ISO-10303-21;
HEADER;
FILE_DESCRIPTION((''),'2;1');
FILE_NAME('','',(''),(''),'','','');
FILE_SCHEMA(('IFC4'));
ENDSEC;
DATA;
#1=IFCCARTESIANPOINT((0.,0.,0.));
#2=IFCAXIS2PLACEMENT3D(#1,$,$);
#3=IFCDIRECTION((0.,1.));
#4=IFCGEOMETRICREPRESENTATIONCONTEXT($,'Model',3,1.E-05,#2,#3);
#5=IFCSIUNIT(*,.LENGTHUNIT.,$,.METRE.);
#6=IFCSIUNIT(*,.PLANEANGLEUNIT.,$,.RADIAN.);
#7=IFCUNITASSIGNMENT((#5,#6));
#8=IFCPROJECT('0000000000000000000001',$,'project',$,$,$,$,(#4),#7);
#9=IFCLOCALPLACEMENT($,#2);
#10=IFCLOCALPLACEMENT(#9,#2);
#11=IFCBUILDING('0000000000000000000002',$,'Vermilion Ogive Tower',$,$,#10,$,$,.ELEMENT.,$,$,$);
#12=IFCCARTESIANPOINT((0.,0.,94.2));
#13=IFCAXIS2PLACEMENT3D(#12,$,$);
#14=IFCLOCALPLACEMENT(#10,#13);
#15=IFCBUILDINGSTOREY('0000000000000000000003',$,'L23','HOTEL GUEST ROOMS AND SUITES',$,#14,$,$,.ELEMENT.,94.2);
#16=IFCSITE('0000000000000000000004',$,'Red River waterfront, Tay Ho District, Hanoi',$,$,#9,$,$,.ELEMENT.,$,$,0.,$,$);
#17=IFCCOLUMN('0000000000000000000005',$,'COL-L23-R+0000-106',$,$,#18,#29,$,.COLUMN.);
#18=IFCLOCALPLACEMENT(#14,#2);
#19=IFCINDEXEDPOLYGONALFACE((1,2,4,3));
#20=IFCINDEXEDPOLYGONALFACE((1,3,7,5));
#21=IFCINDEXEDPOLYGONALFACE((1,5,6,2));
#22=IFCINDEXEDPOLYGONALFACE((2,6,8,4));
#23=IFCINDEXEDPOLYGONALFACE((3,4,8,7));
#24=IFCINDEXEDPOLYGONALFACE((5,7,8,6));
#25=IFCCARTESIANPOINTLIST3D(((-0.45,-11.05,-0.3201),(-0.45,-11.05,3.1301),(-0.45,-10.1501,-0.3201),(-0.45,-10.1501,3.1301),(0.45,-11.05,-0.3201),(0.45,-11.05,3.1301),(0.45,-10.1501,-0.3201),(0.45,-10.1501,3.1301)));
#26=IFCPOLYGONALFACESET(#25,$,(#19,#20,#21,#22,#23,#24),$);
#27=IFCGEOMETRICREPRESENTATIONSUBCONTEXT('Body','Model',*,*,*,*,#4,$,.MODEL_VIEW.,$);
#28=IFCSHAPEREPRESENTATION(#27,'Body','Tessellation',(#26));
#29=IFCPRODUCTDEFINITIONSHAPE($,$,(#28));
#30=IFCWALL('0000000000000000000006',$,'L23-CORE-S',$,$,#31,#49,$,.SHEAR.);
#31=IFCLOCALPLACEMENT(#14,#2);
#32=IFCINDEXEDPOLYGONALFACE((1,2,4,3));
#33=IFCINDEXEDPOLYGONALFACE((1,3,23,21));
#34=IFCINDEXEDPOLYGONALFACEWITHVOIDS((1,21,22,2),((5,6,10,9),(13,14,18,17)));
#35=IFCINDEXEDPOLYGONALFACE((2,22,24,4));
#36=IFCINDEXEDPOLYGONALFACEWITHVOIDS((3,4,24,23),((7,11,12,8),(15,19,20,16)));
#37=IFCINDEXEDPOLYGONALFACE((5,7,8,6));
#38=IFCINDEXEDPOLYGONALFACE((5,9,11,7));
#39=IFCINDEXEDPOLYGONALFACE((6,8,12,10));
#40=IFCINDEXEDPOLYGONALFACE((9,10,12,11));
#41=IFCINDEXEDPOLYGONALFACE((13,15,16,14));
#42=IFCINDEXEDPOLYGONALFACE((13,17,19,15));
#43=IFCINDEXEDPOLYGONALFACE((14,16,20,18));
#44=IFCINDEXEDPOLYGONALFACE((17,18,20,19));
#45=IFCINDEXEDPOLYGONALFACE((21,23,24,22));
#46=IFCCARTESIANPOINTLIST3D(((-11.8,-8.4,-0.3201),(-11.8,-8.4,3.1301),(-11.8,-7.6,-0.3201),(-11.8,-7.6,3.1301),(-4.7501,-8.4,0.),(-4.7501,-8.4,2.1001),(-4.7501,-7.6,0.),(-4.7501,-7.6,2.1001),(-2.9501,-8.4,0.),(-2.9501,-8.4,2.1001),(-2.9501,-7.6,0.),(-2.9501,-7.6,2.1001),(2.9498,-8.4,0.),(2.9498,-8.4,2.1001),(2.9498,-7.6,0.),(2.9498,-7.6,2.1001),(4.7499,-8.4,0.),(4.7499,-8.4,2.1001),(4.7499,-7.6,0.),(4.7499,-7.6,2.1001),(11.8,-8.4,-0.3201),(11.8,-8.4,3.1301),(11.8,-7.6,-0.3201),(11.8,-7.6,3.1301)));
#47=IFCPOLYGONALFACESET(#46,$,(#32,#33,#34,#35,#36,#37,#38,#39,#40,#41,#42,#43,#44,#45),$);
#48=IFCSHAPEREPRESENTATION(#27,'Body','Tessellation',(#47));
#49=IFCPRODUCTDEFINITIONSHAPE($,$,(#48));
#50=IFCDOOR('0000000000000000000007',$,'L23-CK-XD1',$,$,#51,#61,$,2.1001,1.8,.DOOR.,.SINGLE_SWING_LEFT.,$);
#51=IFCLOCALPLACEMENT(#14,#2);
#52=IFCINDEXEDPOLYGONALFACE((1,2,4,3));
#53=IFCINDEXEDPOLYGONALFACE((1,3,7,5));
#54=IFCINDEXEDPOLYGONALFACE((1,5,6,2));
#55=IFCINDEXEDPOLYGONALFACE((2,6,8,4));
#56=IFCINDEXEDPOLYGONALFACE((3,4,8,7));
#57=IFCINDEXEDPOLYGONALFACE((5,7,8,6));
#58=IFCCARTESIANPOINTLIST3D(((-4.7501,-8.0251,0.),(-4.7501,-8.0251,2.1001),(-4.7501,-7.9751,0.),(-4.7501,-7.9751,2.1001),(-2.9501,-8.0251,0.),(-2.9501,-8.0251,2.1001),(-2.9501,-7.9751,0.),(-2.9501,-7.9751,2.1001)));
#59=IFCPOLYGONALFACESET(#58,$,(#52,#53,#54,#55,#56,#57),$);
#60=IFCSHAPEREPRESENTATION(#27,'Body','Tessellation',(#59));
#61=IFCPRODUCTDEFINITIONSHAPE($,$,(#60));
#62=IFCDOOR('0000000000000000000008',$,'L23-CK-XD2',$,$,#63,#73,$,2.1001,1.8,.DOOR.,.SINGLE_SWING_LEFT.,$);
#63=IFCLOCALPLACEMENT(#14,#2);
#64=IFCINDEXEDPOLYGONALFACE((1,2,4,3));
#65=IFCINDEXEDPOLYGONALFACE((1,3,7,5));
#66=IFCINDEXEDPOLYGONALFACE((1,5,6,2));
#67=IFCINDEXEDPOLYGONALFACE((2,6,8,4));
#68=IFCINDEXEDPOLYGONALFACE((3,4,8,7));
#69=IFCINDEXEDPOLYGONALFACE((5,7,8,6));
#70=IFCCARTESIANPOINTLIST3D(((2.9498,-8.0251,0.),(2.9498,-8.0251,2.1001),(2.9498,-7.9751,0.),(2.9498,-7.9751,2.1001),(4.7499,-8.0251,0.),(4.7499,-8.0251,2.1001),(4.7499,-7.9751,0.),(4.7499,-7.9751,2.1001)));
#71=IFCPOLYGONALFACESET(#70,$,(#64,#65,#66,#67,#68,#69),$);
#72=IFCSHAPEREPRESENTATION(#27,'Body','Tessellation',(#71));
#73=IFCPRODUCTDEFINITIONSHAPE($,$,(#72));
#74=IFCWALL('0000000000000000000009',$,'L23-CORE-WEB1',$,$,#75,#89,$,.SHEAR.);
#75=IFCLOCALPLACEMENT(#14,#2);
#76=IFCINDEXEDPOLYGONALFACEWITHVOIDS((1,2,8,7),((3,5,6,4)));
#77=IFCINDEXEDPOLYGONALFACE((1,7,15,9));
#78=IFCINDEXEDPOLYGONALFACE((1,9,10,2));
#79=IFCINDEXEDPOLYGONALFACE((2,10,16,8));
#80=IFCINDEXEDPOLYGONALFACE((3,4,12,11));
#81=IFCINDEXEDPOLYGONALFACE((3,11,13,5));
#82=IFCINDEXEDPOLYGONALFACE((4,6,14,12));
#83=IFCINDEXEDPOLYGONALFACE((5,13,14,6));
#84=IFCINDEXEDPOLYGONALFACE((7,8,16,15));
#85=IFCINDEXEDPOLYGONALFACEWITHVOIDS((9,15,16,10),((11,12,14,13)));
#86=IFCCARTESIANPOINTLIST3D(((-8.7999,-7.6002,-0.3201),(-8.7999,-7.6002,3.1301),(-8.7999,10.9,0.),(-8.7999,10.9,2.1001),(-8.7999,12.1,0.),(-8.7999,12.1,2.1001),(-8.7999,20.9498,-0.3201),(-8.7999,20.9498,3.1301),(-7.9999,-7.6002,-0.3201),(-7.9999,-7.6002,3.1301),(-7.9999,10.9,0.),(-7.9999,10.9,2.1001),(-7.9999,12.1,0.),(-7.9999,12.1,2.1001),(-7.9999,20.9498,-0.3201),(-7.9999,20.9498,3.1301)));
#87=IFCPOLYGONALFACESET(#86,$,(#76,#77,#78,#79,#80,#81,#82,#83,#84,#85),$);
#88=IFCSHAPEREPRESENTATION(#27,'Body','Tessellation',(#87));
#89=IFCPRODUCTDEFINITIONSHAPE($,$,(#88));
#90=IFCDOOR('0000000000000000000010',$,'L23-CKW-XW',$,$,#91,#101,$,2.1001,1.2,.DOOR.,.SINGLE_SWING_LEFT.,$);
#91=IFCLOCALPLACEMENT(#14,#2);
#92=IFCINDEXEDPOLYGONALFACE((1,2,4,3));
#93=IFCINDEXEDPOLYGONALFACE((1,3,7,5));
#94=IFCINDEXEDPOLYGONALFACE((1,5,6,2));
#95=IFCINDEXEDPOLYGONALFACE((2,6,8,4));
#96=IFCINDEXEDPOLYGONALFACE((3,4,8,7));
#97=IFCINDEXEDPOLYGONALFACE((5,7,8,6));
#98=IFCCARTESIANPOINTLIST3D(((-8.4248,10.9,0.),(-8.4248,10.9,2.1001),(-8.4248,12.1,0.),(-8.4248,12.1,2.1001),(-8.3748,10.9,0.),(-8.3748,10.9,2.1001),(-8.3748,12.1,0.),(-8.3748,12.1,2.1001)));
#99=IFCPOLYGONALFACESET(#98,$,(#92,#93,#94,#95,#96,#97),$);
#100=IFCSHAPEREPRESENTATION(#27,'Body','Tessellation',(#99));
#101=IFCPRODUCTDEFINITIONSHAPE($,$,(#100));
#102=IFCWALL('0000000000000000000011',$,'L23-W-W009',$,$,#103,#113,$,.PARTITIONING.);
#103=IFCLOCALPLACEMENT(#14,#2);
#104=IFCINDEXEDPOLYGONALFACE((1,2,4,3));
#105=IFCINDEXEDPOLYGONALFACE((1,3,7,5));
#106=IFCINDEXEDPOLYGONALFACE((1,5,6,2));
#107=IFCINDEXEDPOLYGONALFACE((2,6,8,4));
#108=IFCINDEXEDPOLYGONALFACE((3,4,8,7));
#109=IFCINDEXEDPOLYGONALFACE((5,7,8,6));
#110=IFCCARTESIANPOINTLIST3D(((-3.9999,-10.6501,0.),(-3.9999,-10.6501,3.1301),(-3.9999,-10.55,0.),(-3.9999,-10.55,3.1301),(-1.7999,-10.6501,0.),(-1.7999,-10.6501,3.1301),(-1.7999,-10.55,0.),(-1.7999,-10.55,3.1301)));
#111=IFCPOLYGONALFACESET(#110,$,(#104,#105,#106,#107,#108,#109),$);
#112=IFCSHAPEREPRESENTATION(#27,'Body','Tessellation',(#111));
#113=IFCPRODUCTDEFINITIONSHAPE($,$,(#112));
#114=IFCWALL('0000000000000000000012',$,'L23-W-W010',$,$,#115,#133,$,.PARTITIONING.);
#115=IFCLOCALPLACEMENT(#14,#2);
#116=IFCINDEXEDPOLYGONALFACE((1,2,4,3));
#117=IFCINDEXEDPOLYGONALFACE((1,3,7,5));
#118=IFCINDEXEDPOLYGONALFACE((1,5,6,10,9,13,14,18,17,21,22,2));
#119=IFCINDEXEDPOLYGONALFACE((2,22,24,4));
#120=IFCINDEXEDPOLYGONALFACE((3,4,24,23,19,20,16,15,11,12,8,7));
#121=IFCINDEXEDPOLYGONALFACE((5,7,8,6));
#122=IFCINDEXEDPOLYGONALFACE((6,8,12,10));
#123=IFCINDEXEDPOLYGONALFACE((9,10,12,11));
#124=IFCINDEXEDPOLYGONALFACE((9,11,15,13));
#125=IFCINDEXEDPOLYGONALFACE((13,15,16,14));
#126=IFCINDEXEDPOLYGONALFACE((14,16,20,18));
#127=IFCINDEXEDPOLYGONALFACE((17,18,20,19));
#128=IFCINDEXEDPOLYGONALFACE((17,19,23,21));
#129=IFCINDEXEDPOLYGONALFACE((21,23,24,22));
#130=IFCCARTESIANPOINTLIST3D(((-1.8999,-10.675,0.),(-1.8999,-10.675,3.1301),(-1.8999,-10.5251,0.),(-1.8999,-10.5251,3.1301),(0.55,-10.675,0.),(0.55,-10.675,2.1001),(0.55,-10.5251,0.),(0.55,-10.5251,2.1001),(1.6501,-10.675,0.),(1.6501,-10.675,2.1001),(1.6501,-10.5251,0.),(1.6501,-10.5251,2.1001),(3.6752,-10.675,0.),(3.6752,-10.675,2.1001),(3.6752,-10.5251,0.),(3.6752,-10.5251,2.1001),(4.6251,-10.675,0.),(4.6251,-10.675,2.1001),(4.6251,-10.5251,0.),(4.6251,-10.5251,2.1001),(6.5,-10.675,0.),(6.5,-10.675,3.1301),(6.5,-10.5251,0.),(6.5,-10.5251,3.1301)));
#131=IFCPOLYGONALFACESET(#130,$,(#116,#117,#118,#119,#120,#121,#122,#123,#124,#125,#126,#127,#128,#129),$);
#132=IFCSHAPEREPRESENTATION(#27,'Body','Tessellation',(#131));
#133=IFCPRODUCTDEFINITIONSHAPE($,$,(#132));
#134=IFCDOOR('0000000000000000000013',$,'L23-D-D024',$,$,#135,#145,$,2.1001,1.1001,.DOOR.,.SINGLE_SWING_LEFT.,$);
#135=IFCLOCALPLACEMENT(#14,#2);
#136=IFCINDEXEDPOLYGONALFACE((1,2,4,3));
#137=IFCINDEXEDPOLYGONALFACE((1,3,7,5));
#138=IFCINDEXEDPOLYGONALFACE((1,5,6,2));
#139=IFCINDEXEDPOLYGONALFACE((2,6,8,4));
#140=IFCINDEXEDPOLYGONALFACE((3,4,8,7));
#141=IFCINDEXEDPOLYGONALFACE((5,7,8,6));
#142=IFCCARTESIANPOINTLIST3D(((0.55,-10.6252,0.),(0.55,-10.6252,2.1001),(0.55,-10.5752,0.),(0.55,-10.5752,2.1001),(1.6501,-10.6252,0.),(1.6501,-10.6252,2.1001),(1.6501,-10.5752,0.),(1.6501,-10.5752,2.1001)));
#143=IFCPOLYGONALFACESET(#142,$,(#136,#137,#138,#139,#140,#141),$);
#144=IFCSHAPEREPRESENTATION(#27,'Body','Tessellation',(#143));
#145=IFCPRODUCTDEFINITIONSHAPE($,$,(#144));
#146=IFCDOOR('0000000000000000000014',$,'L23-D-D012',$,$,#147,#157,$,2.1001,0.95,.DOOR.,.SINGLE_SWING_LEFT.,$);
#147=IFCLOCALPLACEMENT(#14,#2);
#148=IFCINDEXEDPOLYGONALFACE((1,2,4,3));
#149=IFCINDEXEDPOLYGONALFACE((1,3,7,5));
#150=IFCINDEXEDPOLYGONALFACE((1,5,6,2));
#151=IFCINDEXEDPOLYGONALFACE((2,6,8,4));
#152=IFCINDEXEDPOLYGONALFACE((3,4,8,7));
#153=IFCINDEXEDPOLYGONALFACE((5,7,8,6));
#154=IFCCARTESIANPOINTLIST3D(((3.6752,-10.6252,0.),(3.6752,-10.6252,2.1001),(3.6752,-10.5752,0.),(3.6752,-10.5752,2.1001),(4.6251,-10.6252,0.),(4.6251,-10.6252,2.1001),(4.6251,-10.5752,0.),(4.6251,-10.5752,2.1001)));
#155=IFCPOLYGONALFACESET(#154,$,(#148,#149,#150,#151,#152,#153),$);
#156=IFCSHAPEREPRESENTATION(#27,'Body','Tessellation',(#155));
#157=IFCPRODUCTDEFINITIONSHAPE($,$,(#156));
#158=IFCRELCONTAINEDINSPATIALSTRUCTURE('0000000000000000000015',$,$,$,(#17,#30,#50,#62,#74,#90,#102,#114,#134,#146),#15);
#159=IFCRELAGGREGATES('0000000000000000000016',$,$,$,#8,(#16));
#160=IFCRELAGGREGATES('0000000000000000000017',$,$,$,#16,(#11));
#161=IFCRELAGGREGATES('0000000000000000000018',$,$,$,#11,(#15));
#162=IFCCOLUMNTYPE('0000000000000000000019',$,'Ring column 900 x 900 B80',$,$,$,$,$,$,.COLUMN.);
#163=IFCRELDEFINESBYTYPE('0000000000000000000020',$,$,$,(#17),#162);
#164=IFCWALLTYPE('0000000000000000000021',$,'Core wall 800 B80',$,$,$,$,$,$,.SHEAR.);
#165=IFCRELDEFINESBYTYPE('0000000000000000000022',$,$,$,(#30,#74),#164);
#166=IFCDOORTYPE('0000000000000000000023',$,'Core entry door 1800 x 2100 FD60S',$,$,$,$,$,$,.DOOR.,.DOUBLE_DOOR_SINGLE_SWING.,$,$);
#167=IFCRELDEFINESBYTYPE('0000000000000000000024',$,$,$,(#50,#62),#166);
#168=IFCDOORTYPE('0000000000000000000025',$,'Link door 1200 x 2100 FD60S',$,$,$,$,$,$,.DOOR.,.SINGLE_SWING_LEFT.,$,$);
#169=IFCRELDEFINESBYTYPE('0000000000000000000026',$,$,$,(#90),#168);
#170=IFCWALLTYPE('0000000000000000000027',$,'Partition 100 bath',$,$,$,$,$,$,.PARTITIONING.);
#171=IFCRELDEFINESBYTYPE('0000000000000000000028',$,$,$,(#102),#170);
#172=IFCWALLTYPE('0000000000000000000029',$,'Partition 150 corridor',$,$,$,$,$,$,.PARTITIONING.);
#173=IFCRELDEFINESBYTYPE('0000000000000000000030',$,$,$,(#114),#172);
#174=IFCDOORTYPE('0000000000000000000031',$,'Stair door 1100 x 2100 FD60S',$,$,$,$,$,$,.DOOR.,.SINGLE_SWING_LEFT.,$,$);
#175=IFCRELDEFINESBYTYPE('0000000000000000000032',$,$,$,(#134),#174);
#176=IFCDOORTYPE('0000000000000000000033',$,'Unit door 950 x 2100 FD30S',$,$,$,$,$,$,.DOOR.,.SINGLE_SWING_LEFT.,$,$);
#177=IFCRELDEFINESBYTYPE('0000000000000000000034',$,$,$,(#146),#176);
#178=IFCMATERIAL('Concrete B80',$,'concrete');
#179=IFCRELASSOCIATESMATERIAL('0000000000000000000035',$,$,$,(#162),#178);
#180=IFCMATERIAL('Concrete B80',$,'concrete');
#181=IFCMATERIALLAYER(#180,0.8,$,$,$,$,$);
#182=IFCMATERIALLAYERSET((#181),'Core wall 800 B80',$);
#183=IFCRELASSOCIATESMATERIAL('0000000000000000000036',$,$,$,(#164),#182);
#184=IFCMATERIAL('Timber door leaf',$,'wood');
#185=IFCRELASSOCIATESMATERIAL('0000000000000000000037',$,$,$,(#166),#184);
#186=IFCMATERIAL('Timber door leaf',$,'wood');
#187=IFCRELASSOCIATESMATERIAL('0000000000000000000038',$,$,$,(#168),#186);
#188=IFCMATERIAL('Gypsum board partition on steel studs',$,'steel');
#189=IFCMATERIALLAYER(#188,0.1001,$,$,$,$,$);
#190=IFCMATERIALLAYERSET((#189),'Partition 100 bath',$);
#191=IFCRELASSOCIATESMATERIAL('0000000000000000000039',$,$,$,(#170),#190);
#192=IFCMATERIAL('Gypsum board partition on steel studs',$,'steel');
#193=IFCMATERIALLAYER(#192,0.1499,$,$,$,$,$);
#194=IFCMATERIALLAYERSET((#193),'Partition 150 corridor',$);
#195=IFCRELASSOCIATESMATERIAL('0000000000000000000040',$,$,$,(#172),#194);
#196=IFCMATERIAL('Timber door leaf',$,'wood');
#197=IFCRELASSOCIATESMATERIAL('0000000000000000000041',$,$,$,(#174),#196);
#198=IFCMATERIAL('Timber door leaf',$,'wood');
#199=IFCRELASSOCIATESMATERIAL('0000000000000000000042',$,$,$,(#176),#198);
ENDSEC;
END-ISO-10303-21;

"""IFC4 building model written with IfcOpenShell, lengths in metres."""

from ifc_helpers import new_model, si_unit, direction, frame, frame_2d, origin, origin_2d, place, context, subcontext, project, spatial, rectangle, extrude, material, layer, layer_set, material_profile, profile_set, type_object, element, fill, save


model = new_model("IFC4")

# Units and contexts
model_context = context("Model", 3, precision=1e-05, world=origin(), true_north=direction((0.0, 1.0)))
body_context = subcontext(model_context, "Body", "Model", "MODEL_VIEW")
ifc_project = project(units=[si_unit("LENGTHUNIT", "METRE"), si_unit("PLANEANGLEUNIT", "RADIAN")], contexts=[model_context])

# Site, building, storey
site_placement = place(None, origin())
site = spatial("IfcSite", under=ifc_project, at=site_placement, Name="Red River waterfront, Tay Ho District, Hanoi", CompositionType="ELEMENT", RefElevation=0.0)
building_placement = place(site_placement, origin())
building = spatial("IfcBuilding", under=site, at=building_placement, Name="Vermilion Ogive Tower", CompositionType="ELEMENT")
storey_placement = place(building_placement, frame((0.0, 0.0, 94.2)))
storey = spatial("IfcBuildingStorey", under=building, at=storey_placement, Name="L23", Description="HOTEL GUEST ROOMS AND SUITES", CompositionType="ELEMENT", Elevation=94.2)

# Column
ifc_material_1 = material(Name="Concrete B80", Category="concrete")
ifc_material_profile = material_profile(ifc_material_1, rectangle(XDim=0.8999, YDim=0.8999, at=origin_2d()), Name="900 x 900")
ifc_profile_set = profile_set([ifc_material_profile], Name="Concrete B80")
column_type = type_object("IfcColumnType", Name="Ring column 900 x 900 B80", PredefinedType="COLUMN", material=ifc_profile_set)
column_placement = place(storey_placement, frame((0.0, -10.6001, -0.3201), z_axis=(0.0, 0.0, 1.0), x_axis=(1.0, 0.0, 0.0)))
element("IfcColumn", 1, at=column_placement, inside=storey, type_object=column_type, Name="COL-L23-R+0000-106", PredefinedType="COLUMN", context=body_context, shape_type="SweptSolid", body=[
    extrude(rectangle(XDim=0.8999, YDim=0.8999, at=origin_2d()), origin(), (0.0, 0.0, 1.0), 3.4502),
])

# Wall, openings, doors
ifc_material_2 = material(Name="Concrete B80", Category="concrete")
ifc_layer_1 = layer(ifc_material_2, 0.8)
ifc_layer_set_1 = layer_set([ifc_layer_1], Name="Core wall 800 B80")
wall_type_1 = type_object("IfcWallType", Name="Core wall 800 B80", PredefinedType="SHEAR", material=ifc_layer_set_1)
wall_1_placement = place(storey_placement, frame((-11.8, -8.0, -0.3201), z_axis=(0.0, 0.0, 1.0), x_axis=(1.0, 0.0, 0.0)))
wall_1 = element("IfcWall", 2, at=wall_1_placement, inside=storey, type_object=wall_type_1, Name="L23-CORE-S", PredefinedType="SHEAR", context=body_context, shape_type="SweptSolid", body=[
    extrude(rectangle(XDim=23.6001, YDim=0.8, at=frame_2d((11.8, 0.0))), origin(), (0.0, 0.0, 1.0), 3.4502),
])
opening_1_placement = place(wall_1_placement, frame((7.05, 0.0, 0.3201)))
opening_1 = element("IfcOpeningElement", 3, at=opening_1_placement, cuts=wall_1, PredefinedType="OPENING", context=body_context, shape_type="SweptSolid", body=[
    extrude(rectangle(XDim=1.8, YDim=2.1001, at=frame_2d((0.8999, 1.05))), frame((0.0, 0.4099, 0.0), z_axis=(0.0, -1.0, 0.0), x_axis=(1.0, 0.0, 0.0)), (0.0, 0.0, 1.0), 0.8201),
])
opening_2_placement = place(wall_1_placement, frame((14.75, 0.0, 0.3201)))
opening_2 = element("IfcOpeningElement", 4, at=opening_2_placement, cuts=wall_1, PredefinedType="OPENING", context=body_context, shape_type="SweptSolid", body=[
    extrude(rectangle(XDim=1.8, YDim=2.1001, at=frame_2d((0.8999, 1.05))), frame((0.0, 0.4099, 0.0), z_axis=(0.0, -1.0, 0.0), x_axis=(1.0, 0.0, 0.0)), (0.0, 0.0, 1.0), 0.8201),
])
ifc_material_3 = material(Name="Timber door leaf", Category="wood")
door_type_1 = type_object("IfcDoorType", Name="Core entry door 1800 x 2100 FD60S", OperationType="DOUBLE_DOOR_SINGLE_SWING", PredefinedType="DOOR", material=ifc_material_3)
door_1_placement = place(opening_1_placement, origin())
door_1 = element("IfcDoor", 5, at=door_1_placement, inside=storey, type_object=door_type_1, Name="L23-CK-XD1", OperationType="SINGLE_SWING_LEFT", OverallHeight=2.1001, OverallWidth=1.8, PredefinedType="DOOR", context=body_context, shape_type="SweptSolid", body=[
    extrude(rectangle(XDim=1.8, YDim=2.1001, at=frame_2d((0.8999, 1.05))), frame((0.0, 0.0249, 0.0), z_axis=(0.0, -1.0, 0.0), x_axis=(1.0, 0.0, 0.0)), (0.0, 0.0, 1.0), 0.05),
])
fill(opening_1, door_1)
door_2_placement = place(opening_2_placement, origin())
door_2 = element("IfcDoor", 6, at=door_2_placement, inside=storey, type_object=door_type_1, Name="L23-CK-XD2", OperationType="SINGLE_SWING_LEFT", OverallHeight=2.1001, OverallWidth=1.8, PredefinedType="DOOR", context=body_context, shape_type="SweptSolid", body=[
    extrude(rectangle(XDim=1.8, YDim=2.1001, at=frame_2d((0.8999, 1.05))), frame((0.0, 0.0249, 0.0), z_axis=(0.0, -1.0, 0.0), x_axis=(1.0, 0.0, 0.0)), (0.0, 0.0, 1.0), 0.05),
])
fill(opening_2, door_2)

# Wall, opening, door
wall_2_placement = place(storey_placement, frame((-8.3999, -7.6001, -0.3201), z_axis=(0.0, 0.0, 1.0), x_axis=(0.0, 1.0, 0.0)))
wall_2 = element("IfcWall", 7, at=wall_2_placement, inside=storey, type_object=wall_type_1, Name="L23-CORE-WEB1", PredefinedType="SHEAR", context=body_context, shape_type="SweptSolid", body=[
    extrude(rectangle(XDim=28.55, YDim=0.8, at=frame_2d((14.2749, 0.0))), origin(), (0.0, 0.0, 1.0), 3.4502),
])
opening_3_placement = place(wall_2_placement, frame((18.5, 0.0, 0.3201)))
opening_3 = element("IfcOpeningElement", 8, at=opening_3_placement, cuts=wall_2, PredefinedType="OPENING", context=body_context, shape_type="SweptSolid", body=[
    extrude(rectangle(XDim=1.2, YDim=2.1001, at=frame_2d((0.6001, 1.05))), frame((0.0, 0.4099, 0.0), z_axis=(0.0, -1.0, 0.0), x_axis=(1.0, 0.0, 0.0)), (0.0, 0.0, 1.0), 0.8201),
])
ifc_material_4 = material(Name="Timber door leaf", Category="wood")
door_type_2 = type_object("IfcDoorType", Name="Link door 1200 x 2100 FD60S", OperationType="SINGLE_SWING_LEFT", PredefinedType="DOOR", material=ifc_material_4)
door_3_placement = place(opening_3_placement, origin())
door_3 = element("IfcDoor", 9, at=door_3_placement, inside=storey, type_object=door_type_2, Name="L23-CKW-XW", OperationType="SINGLE_SWING_LEFT", OverallHeight=2.1001, OverallWidth=1.2, PredefinedType="DOOR", context=body_context, shape_type="SweptSolid", body=[
    extrude(rectangle(XDim=1.2, YDim=2.1001, at=frame_2d((0.6001, 1.05))), frame((0.0, 0.0249, 0.0), z_axis=(0.0, -1.0, 0.0), x_axis=(1.0, 0.0, 0.0)), (0.0, 0.0, 1.0), 0.05),
])
fill(opening_3, door_3)

# Wall
ifc_material_5 = material(Name="Gypsum board partition on steel studs", Category="steel")
ifc_layer_2 = layer(ifc_material_5, 0.1001)
ifc_layer_set_2 = layer_set([ifc_layer_2], Name="Partition 100 bath")
wall_type_2 = type_object("IfcWallType", Name="Partition 100 bath", PredefinedType="PARTITIONING", material=ifc_layer_set_2)
wall_3_placement = place(storey_placement, frame((-4.0, -10.6001, 0.0), z_axis=(0.0, 0.0, 1.0), x_axis=(1.0, 0.0, 0.0)))
element("IfcWall", 10, at=wall_3_placement, inside=storey, type_object=wall_type_2, Name="L23-W-W009", PredefinedType="PARTITIONING", context=body_context, shape_type="SweptSolid", body=[
    extrude(rectangle(XDim=2.2, YDim=0.1001, at=frame_2d((1.1001, 0.0))), origin(), (0.0, 0.0, 1.0), 3.1301),
])

# Wall, openings, doors
ifc_material_6 = material(Name="Gypsum board partition on steel studs", Category="steel")
ifc_layer_3 = layer(ifc_material_6, 0.1499)
ifc_layer_set_3 = layer_set([ifc_layer_3], Name="Partition 150 corridor")
wall_type_3 = type_object("IfcWallType", Name="Partition 150 corridor", PredefinedType="PARTITIONING", material=ifc_layer_set_3)
wall_4_placement = place(storey_placement, frame((-1.8999, -10.6001, 0.0), z_axis=(0.0, 0.0, 1.0), x_axis=(1.0, 0.0, 0.0)))
wall_4 = element("IfcWall", 11, at=wall_4_placement, inside=storey, type_object=wall_type_3, Name="L23-W-W010", PredefinedType="PARTITIONING", context=body_context, shape_type="SweptSolid", body=[
    extrude(rectangle(XDim=8.3999, YDim=0.1499, at=frame_2d((4.2, 0.0))), origin(), (0.0, 0.0, 1.0), 3.1301),
])
opening_4_placement = place(wall_4_placement, frame((5.575, 0.0, 0.0)))
opening_4 = element("IfcOpeningElement", 12, at=opening_4_placement, cuts=wall_4, PredefinedType="OPENING", context=body_context, shape_type="SweptSolid", body=[
    extrude(rectangle(XDim=0.95, YDim=2.1001, at=frame_2d((0.4751, 1.05))), frame((0.0, 0.085, 0.0), z_axis=(0.0, -1.0, 0.0), x_axis=(1.0, 0.0, 0.0)), (0.0, 0.0, 1.0), 0.1699),
])
opening_5_placement = place(wall_4_placement, frame((2.45, 0.0, 0.0)))
opening_5 = element("IfcOpeningElement", 13, at=opening_5_placement, cuts=wall_4, PredefinedType="OPENING", context=body_context, shape_type="SweptSolid", body=[
    extrude(rectangle(XDim=1.1001, YDim=2.1001, at=frame_2d((0.55, 1.05))), frame((0.0, 0.085, 0.0), z_axis=(0.0, -1.0, 0.0), x_axis=(1.0, 0.0, 0.0)), (0.0, 0.0, 1.0), 0.1699),
])
ifc_material_7 = material(Name="Timber door leaf", Category="wood")
door_type_3 = type_object("IfcDoorType", Name="Stair door 1100 x 2100 FD60S", OperationType="SINGLE_SWING_LEFT", PredefinedType="DOOR", material=ifc_material_7)
door_4_placement = place(opening_5_placement, origin())
door_4 = element("IfcDoor", 14, at=door_4_placement, inside=storey, type_object=door_type_3, Name="L23-D-D024", OperationType="SINGLE_SWING_LEFT", OverallHeight=2.1001, OverallWidth=1.1001, PredefinedType="DOOR", context=body_context, shape_type="SweptSolid", body=[
    extrude(rectangle(XDim=1.1001, YDim=2.1001, at=frame_2d((0.55, 1.05))), frame((0.0, 0.0249, 0.0), z_axis=(0.0, -1.0, 0.0), x_axis=(1.0, 0.0, 0.0)), (0.0, 0.0, 1.0), 0.05),
])
fill(opening_5, door_4)
ifc_material_8 = material(Name="Timber door leaf", Category="wood")
door_type_4 = type_object("IfcDoorType", Name="Unit door 950 x 2100 FD30S", OperationType="SINGLE_SWING_LEFT", PredefinedType="DOOR", material=ifc_material_8)
door_5_placement = place(opening_4_placement, origin())
door_5 = element("IfcDoor", 15, at=door_5_placement, inside=storey, type_object=door_type_4, Name="L23-D-D012", OperationType="SINGLE_SWING_LEFT", OverallHeight=2.1001, OverallWidth=0.95, PredefinedType="DOOR", context=body_context, shape_type="SweptSolid", body=[
    extrude(rectangle(XDim=0.95, YDim=2.1001, at=frame_2d((0.4751, 1.05))), frame((0.0, 0.0249, 0.0), z_axis=(0.0, -1.0, 0.0), x_axis=(1.0, 0.0, 0.0)), (0.0, 0.0, 1.0), 0.05),
])
fill(opening_4, door_5)

save(model, "model.ifc")
